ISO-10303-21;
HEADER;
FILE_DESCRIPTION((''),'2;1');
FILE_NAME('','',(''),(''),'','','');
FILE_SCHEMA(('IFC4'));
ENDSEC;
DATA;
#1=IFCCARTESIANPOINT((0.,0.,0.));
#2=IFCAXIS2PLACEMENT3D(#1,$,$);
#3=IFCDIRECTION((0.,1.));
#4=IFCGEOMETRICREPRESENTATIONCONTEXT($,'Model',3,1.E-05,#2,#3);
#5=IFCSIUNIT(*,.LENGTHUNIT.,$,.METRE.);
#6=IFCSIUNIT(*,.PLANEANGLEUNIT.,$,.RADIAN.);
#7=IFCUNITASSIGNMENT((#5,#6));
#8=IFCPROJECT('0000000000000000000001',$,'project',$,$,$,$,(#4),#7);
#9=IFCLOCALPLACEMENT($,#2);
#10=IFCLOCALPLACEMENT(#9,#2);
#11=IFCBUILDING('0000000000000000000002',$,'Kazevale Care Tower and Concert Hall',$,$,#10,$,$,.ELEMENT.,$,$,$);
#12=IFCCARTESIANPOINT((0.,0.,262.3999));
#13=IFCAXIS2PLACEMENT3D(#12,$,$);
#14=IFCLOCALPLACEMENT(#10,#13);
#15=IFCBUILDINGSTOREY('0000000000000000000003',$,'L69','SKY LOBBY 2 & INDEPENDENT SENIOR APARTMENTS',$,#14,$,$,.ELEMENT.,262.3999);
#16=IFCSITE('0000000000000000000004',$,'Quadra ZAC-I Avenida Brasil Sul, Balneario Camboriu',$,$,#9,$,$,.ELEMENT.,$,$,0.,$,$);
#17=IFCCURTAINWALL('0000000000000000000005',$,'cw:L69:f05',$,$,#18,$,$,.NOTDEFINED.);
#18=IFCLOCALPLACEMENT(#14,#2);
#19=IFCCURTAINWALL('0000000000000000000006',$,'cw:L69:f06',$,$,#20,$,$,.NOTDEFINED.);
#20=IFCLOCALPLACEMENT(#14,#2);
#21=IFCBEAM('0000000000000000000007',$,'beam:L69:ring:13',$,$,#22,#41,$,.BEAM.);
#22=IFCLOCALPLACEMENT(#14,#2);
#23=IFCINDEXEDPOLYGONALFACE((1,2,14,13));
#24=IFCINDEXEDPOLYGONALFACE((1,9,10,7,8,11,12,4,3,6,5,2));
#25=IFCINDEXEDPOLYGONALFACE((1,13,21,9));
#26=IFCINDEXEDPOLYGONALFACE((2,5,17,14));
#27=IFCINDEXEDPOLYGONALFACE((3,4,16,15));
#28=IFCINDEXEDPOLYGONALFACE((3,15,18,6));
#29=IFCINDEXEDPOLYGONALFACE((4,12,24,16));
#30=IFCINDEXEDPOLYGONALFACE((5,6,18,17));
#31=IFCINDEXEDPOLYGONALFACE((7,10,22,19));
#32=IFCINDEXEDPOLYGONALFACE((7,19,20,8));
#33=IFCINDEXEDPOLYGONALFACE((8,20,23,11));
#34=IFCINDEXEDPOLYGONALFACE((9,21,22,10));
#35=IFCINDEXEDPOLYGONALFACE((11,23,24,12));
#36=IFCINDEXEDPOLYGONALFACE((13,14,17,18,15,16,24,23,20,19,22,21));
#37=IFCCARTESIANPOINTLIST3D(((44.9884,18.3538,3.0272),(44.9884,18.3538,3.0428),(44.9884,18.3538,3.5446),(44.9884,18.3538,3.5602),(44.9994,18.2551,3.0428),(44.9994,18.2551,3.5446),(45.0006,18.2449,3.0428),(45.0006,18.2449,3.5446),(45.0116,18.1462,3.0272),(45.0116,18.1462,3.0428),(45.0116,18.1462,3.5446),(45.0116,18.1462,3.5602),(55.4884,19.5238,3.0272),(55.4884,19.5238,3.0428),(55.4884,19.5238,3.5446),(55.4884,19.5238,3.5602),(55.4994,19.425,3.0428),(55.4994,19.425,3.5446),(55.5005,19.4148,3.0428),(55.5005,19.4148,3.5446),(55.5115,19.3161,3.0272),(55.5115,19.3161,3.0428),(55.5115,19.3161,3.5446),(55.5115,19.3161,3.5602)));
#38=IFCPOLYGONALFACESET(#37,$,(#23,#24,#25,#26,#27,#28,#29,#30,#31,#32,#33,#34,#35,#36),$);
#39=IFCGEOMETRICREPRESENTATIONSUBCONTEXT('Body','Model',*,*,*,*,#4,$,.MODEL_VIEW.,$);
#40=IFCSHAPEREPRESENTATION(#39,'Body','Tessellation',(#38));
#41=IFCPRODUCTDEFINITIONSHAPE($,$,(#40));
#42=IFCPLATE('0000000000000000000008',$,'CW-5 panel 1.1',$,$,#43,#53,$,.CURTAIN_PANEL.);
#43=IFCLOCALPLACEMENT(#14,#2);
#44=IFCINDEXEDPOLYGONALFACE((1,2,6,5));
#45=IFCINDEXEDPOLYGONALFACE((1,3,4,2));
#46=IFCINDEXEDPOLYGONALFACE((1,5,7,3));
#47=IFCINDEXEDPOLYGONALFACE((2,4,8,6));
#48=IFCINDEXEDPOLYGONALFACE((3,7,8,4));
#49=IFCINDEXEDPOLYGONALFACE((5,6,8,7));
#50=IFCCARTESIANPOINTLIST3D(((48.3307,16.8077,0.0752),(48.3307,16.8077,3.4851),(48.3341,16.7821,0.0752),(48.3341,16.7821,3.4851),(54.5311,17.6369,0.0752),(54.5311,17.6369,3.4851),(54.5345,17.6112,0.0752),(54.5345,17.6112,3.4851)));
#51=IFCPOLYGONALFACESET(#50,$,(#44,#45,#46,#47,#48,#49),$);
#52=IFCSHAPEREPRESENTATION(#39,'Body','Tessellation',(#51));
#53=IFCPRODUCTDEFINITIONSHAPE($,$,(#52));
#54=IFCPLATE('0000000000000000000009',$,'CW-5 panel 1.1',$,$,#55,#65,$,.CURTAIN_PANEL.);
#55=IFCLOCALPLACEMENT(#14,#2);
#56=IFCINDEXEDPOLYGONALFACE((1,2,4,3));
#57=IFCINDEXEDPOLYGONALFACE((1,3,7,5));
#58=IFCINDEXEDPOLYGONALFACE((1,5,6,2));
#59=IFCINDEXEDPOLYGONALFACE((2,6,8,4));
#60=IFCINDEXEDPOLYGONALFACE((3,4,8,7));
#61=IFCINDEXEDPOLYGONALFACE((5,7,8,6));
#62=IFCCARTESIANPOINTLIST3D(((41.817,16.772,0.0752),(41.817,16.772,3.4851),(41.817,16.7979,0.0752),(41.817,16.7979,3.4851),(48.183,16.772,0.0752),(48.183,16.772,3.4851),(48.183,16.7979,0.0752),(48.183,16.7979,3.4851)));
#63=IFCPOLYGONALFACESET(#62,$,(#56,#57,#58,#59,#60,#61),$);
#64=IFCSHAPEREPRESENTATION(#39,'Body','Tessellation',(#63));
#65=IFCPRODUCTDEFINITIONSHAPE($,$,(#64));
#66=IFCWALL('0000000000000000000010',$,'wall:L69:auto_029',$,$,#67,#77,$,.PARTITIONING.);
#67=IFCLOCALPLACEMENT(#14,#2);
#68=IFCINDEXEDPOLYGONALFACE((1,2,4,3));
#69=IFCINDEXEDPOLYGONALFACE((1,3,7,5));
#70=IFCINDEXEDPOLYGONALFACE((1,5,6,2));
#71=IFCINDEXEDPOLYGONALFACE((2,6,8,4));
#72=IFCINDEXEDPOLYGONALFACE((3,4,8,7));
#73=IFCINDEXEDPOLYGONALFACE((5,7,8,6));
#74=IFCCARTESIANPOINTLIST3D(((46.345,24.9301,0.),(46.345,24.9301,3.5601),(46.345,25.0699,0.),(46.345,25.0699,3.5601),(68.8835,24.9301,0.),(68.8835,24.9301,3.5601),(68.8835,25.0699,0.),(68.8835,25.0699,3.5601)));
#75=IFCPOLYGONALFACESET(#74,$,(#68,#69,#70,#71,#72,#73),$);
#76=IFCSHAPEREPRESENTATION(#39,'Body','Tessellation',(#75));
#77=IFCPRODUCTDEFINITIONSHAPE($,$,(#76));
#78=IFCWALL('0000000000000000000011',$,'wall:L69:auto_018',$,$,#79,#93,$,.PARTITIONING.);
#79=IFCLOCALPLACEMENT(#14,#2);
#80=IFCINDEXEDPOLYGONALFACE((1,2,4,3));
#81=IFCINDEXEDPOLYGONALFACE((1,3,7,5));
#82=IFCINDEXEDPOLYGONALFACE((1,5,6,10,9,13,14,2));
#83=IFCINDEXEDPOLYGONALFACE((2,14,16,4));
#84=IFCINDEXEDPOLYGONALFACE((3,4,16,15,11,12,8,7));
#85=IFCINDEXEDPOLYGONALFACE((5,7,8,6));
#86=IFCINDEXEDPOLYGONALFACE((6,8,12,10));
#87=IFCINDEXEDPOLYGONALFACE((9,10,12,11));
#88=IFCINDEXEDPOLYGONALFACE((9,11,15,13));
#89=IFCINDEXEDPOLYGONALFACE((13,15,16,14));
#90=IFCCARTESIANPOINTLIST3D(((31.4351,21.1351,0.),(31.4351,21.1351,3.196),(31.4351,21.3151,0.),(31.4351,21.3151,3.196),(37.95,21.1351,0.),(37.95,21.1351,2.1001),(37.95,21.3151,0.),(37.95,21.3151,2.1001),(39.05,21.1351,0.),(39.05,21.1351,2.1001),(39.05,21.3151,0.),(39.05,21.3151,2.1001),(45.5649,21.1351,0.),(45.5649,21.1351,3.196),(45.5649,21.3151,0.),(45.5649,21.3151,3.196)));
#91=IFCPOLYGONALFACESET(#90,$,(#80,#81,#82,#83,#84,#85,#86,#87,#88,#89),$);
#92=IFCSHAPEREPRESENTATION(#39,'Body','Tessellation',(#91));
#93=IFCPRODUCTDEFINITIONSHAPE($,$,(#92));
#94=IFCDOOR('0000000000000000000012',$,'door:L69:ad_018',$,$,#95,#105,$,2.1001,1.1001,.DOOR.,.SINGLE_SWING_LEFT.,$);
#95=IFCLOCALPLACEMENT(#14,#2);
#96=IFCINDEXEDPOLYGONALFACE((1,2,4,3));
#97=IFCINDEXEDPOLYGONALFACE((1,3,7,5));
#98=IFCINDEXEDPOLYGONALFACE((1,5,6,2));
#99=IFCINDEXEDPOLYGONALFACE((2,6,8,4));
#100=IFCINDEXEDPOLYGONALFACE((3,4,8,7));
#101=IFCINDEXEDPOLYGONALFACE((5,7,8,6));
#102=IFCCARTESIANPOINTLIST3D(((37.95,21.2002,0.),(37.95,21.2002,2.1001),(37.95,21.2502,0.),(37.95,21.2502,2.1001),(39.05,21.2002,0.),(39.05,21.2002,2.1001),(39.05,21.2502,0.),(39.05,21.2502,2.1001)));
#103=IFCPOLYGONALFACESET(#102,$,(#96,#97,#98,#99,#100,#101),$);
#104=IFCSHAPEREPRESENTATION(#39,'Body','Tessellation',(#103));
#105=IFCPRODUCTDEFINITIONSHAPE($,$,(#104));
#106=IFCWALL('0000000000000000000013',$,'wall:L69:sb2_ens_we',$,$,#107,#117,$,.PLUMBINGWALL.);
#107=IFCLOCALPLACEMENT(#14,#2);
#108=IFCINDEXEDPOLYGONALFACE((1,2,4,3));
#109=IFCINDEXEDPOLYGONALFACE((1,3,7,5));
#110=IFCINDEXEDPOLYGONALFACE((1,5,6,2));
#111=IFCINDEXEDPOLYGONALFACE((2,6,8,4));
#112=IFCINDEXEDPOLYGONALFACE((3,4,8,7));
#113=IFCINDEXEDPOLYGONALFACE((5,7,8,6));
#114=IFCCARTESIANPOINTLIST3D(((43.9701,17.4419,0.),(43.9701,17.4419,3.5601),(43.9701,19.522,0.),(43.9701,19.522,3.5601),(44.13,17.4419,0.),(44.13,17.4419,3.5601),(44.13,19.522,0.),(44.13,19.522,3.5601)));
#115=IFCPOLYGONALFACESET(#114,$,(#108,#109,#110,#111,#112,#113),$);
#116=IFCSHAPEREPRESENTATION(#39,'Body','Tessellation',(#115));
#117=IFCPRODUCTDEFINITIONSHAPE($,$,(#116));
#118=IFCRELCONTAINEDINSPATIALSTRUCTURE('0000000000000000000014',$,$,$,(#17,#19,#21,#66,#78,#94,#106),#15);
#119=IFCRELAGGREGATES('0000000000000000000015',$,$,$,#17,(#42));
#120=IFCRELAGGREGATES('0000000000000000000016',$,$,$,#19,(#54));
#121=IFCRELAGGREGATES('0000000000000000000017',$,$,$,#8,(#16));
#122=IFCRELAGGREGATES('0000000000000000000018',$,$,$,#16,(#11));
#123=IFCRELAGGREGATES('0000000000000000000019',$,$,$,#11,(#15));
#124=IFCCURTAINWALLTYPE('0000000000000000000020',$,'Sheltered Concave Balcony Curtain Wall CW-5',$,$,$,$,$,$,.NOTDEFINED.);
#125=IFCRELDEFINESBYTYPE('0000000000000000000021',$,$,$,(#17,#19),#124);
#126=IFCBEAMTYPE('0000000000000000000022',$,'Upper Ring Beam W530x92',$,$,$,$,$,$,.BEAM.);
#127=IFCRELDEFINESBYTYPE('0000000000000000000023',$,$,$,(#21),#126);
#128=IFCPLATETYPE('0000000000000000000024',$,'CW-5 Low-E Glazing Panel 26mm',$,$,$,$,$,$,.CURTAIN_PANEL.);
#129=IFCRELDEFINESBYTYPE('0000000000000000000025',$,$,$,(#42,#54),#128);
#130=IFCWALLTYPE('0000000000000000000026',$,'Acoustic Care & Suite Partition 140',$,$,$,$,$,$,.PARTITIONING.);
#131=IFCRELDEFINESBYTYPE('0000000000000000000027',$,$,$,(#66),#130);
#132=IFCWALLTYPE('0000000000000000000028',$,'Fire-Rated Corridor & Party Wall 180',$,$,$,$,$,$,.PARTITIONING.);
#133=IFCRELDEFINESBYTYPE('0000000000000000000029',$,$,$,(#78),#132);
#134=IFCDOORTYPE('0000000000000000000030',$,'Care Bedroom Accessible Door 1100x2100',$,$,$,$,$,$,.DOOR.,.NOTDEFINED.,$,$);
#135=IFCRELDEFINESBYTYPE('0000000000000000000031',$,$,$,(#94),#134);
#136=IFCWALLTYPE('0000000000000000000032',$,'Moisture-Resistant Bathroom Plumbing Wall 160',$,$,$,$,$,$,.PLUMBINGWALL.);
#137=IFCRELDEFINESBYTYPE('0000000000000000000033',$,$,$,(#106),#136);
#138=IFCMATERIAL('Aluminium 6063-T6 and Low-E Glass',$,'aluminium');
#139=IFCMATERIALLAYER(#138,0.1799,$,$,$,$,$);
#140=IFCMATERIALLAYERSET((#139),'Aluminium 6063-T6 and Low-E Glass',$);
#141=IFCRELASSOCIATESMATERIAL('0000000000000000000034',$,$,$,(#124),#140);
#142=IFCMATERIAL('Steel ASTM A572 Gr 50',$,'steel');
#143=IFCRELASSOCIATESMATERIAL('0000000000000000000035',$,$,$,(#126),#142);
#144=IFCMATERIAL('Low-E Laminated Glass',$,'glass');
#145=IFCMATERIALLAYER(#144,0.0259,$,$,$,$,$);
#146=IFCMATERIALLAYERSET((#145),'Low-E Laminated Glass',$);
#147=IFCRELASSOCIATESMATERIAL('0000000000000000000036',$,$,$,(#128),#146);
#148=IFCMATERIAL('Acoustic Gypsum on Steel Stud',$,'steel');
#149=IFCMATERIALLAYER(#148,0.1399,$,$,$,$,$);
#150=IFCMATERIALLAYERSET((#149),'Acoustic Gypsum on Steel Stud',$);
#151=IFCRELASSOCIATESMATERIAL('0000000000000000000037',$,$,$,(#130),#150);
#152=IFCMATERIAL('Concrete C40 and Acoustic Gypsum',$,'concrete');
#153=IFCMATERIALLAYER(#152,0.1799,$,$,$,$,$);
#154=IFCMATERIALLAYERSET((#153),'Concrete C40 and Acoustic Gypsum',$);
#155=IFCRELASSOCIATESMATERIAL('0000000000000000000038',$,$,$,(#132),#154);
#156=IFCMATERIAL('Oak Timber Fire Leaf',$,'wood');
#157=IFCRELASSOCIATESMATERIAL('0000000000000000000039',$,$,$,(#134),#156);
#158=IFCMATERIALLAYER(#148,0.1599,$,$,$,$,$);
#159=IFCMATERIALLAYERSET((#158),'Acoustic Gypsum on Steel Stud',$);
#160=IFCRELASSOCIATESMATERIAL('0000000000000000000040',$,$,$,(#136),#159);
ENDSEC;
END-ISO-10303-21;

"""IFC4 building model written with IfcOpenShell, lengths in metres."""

from ifc_helpers import new_model, si_unit, direction, frame, frame_2d, origin, origin_2d, place, context, subcontext, project, spatial, rectangle, i_section, extrude, material, layer, layer_set, material_profile, profile_set, type_object, element, fill, aggregate, save


model = new_model("IFC4")

# Units and contexts
model_context = context("Model", 3, precision=1e-05, world=origin(), true_north=direction((0.0, 1.0)))
body_context = subcontext(model_context, "Body", "Model", "MODEL_VIEW")
ifc_project = project(units=[si_unit("LENGTHUNIT", "METRE"), si_unit("PLANEANGLEUNIT", "RADIAN")], contexts=[model_context])

# Site, building, storey
site_placement = place(None, origin())
site = spatial("IfcSite", under=ifc_project, at=site_placement, Name="Quadra ZAC-I Avenida Brasil Sul, Balneario Camboriu", CompositionType="ELEMENT", RefElevation=0.0)
building_placement = place(site_placement, origin())
building = spatial("IfcBuilding", under=site, at=building_placement, Name="Kazevale Care Tower and Concert Hall", CompositionType="ELEMENT")
storey_placement = place(building_placement, frame((0.0, 0.0, 262.3999)))
storey = spatial("IfcBuildingStorey", under=building, at=storey_placement, Name="L69", Description="SKY LOBBY 2 & INDEPENDENT SENIOR APARTMENTS", CompositionType="ELEMENT", Elevation=262.3999)

# Curtain walls
ifc_material_1 = material(Name="Aluminium 6063-T6 and Low-E Glass", Category="aluminium")
ifc_layer_1 = layer(ifc_material_1, 0.1799)
ifc_layer_set_1 = layer_set([ifc_layer_1], Name="Aluminium 6063-T6 and Low-E Glass")
curtain_wall_type = type_object("IfcCurtainWallType", Name="Sheltered Concave Balcony Curtain Wall CW-5", PredefinedType="NOTDEFINED", material=ifc_layer_set_1)
curtain_wall_1_placement = place(storey_placement, origin())
curtain_wall_1 = element("IfcCurtainWall", 1, at=curtain_wall_1_placement, inside=storey, type_object=curtain_wall_type, Name="cw:L69:f05", PredefinedType="NOTDEFINED")
curtain_wall_2_placement = place(storey_placement, origin())
curtain_wall_2 = element("IfcCurtainWall", 2, at=curtain_wall_2_placement, inside=storey, type_object=curtain_wall_type, Name="cw:L69:f06", PredefinedType="NOTDEFINED")

# Beam
ifc_material_2 = material(Name="Steel ASTM A572 Gr 50", Category="steel")
ifc_material_profile_1 = material_profile(ifc_material_2, i_section(OverallWidth=0.209, OverallDepth=0.533, WebThickness=0.0103, FlangeThickness=0.0156, at=origin_2d()), Name="W530x92")
ifc_profile_set_1 = profile_set([ifc_material_profile_1], Name="Steel ASTM A572 Gr 50")
beam_type_1 = type_object("IfcBeamType", Name="Upper Ring Beam W530x92", PredefinedType="BEAM", material=ifc_profile_set_1)
beam_1_placement = place(storey_placement, frame((45.0, 18.25, 3.2937), z_axis=(0.99385, 0.110736, 0.0), x_axis=(-0.110736, 0.99385, 0.0)))
element("IfcBeam", 3, at=beam_1_placement, inside=storey, type_object=beam_type_1, Name="beam:L69:ring:13", PredefinedType="BEAM", context=body_context, shape_type="SweptSolid", body=[
    extrude(i_section(OverallWidth=0.209, OverallDepth=0.533, WebThickness=0.0103, FlangeThickness=0.0156, at=origin_2d()), origin(), (0.0, 0.0, 1.0), 10.5649),
])

# Plates
ifc_material_3 = material(Name="Low-E Laminated Glass", Category="glass")
ifc_layer_2 = layer(ifc_material_3, 0.0259)
ifc_layer_set_2 = layer_set([ifc_layer_2], Name="Low-E Laminated Glass")
plate_type = type_object("IfcPlateType", Name="CW-5 Low-E Glazing Panel 26mm", PredefinedType="CURTAIN_PANEL", material=ifc_layer_set_2)
plate_1_placement = place(storey_placement, frame((51.4326, 17.2095, 0.0752), z_axis=(0.0, 0.0, 1.0), x_axis=(-0.991177, -0.132542, 0.0)))
plate_1 = element("IfcPlate", 4, at=plate_1_placement, type_object=plate_type, Name="CW-5 panel 1.1", PredefinedType="CURTAIN_PANEL", context=body_context, shape_type="SweptSolid", body=[
    extrude(rectangle(XDim=6.2556, YDim=0.0259, at=origin_2d()), origin(), (0.0, 0.0, 1.0), 3.4099),
])
aggregate(curtain_wall_1, [plate_1])
plate_2_placement = place(storey_placement, frame((45.0, 16.7849, 0.0752), z_axis=(0.0, 0.0, 1.0), x_axis=(-1.0, 0.0, 0.0)))
plate_2 = element("IfcPlate", 5, at=plate_2_placement, type_object=plate_type, Name="CW-5 panel 1.1", PredefinedType="CURTAIN_PANEL", context=body_context, shape_type="SweptSolid", body=[
    extrude(rectangle(XDim=6.366, YDim=0.0259, at=origin_2d()), origin(), (0.0, 0.0, 1.0), 3.4099),
])
aggregate(curtain_wall_2, [plate_2])

# Wall
ifc_material_4 = material(Name="Acoustic Gypsum on Steel Stud", Category="steel")
ifc_layer_3 = layer(ifc_material_4, 0.1399)
ifc_layer_set_3 = layer_set([ifc_layer_3], Name="Acoustic Gypsum on Steel Stud")
wall_type_1 = type_object("IfcWallType", Name="Acoustic Care & Suite Partition 140", PredefinedType="PARTITIONING", material=ifc_layer_set_3)
wall_1_placement = place(storey_placement, frame((46.345, 25.0, 0.0), z_axis=(0.0, 0.0, 1.0), x_axis=(1.0, 0.0, 0.0)))
element("IfcWall", 6, at=wall_1_placement, inside=storey, type_object=wall_type_1, Name="wall:L69:auto_029", PredefinedType="PARTITIONING", context=body_context, shape_type="SweptSolid", body=[
    extrude(rectangle(XDim=22.5386, YDim=0.1399, at=frame_2d((11.2693, 0.0))), origin(), (0.0, 0.0, 1.0), 3.5601),
])

# Wall, opening, door
ifc_material_5 = material(Name="Oak Timber Fire Leaf", Category="wood")
ifc_material_6 = material(Name="Concrete C40 and Acoustic Gypsum", Category="concrete")
ifc_layer_4 = layer(ifc_material_6, 0.1799)
ifc_layer_set_4 = layer_set([ifc_layer_4], Name="Concrete C40 and Acoustic Gypsum")
wall_type_2 = type_object("IfcWallType", Name="Fire-Rated Corridor & Party Wall 180", PredefinedType="PARTITIONING", material=ifc_layer_set_4)
wall_2_placement = place(storey_placement, frame((45.5649, 21.2251, 0.0), z_axis=(0.0, 0.0, 1.0), x_axis=(-1.0, 0.0, 0.0)))
wall_2 = element("IfcWall", 7, at=wall_2_placement, inside=storey, type_object=wall_type_2, Name="wall:L69:auto_018", PredefinedType="PARTITIONING", context=body_context, shape_type="SweptSolid", body=[
    extrude(rectangle(XDim=14.1299, YDim=0.1799, at=frame_2d((7.0649, 0.0))), origin(), (0.0, 0.0, 1.0), 3.196),
])
opening_1_placement = place(wall_2_placement, frame((6.5149, 0.0, 0.0)))
opening_1 = element("IfcOpeningElement", 8, at=opening_1_placement, cuts=wall_2, PredefinedType="OPENING", context=body_context, shape_type="SweptSolid", body=[
    extrude(rectangle(XDim=1.1001, YDim=2.1001, at=frame_2d((0.55, 1.05))), frame((0.0, 0.0999, 0.0), z_axis=(0.0, -1.0, 0.0), x_axis=(1.0, 0.0, 0.0)), (0.0, 0.0, 1.0), 0.2),
])
door_type_1 = type_object("IfcDoorType", Name="Care Bedroom Accessible Door 1100x2100", OperationType="NOTDEFINED", PredefinedType="DOOR", material=ifc_material_5)
door_1_placement = place(opening_1_placement, origin())
door_1 = element("IfcDoor", 9, at=door_1_placement, inside=storey, type_object=door_type_1, Name="door:L69:ad_018", OperationType="SINGLE_SWING_LEFT", OverallHeight=2.1001, OverallWidth=1.1001, PredefinedType="DOOR", context=body_context, shape_type="SweptSolid", body=[
    extrude(rectangle(XDim=1.1001, YDim=2.1001, at=frame_2d((0.55, 1.05))), frame((0.0, 0.0249, 0.0), z_axis=(0.0, -1.0, 0.0), x_axis=(1.0, 0.0, 0.0)), (0.0, 0.0, 1.0), 0.05),
])
fill(opening_1, door_1)

# Wall
ifc_layer_5 = layer(ifc_material_4, 0.1599)
ifc_layer_set_5 = layer_set([ifc_layer_5], Name="Acoustic Gypsum on Steel Stud")
wall_type_3 = type_object("IfcWallType", Name="Moisture-Resistant Bathroom Plumbing Wall 160", PredefinedType="PLUMBINGWALL", material=ifc_layer_set_5)
wall_3_placement = place(storey_placement, frame((44.05, 17.4419, 0.0), z_axis=(0.0, 0.0, 1.0), x_axis=(0.0, 1.0, 0.0)))
element("IfcWall", 10, at=wall_3_placement, inside=storey, type_object=wall_type_3, Name="wall:L69:sb2_ens_we", PredefinedType="PLUMBINGWALL", context=body_context, shape_type="SweptSolid", body=[
    extrude(rectangle(XDim=2.0801, YDim=0.1599, at=frame_2d((1.04, 0.0))), origin(), (0.0, 0.0, 1.0), 3.5601),
])

save(model, "model.ifc")
